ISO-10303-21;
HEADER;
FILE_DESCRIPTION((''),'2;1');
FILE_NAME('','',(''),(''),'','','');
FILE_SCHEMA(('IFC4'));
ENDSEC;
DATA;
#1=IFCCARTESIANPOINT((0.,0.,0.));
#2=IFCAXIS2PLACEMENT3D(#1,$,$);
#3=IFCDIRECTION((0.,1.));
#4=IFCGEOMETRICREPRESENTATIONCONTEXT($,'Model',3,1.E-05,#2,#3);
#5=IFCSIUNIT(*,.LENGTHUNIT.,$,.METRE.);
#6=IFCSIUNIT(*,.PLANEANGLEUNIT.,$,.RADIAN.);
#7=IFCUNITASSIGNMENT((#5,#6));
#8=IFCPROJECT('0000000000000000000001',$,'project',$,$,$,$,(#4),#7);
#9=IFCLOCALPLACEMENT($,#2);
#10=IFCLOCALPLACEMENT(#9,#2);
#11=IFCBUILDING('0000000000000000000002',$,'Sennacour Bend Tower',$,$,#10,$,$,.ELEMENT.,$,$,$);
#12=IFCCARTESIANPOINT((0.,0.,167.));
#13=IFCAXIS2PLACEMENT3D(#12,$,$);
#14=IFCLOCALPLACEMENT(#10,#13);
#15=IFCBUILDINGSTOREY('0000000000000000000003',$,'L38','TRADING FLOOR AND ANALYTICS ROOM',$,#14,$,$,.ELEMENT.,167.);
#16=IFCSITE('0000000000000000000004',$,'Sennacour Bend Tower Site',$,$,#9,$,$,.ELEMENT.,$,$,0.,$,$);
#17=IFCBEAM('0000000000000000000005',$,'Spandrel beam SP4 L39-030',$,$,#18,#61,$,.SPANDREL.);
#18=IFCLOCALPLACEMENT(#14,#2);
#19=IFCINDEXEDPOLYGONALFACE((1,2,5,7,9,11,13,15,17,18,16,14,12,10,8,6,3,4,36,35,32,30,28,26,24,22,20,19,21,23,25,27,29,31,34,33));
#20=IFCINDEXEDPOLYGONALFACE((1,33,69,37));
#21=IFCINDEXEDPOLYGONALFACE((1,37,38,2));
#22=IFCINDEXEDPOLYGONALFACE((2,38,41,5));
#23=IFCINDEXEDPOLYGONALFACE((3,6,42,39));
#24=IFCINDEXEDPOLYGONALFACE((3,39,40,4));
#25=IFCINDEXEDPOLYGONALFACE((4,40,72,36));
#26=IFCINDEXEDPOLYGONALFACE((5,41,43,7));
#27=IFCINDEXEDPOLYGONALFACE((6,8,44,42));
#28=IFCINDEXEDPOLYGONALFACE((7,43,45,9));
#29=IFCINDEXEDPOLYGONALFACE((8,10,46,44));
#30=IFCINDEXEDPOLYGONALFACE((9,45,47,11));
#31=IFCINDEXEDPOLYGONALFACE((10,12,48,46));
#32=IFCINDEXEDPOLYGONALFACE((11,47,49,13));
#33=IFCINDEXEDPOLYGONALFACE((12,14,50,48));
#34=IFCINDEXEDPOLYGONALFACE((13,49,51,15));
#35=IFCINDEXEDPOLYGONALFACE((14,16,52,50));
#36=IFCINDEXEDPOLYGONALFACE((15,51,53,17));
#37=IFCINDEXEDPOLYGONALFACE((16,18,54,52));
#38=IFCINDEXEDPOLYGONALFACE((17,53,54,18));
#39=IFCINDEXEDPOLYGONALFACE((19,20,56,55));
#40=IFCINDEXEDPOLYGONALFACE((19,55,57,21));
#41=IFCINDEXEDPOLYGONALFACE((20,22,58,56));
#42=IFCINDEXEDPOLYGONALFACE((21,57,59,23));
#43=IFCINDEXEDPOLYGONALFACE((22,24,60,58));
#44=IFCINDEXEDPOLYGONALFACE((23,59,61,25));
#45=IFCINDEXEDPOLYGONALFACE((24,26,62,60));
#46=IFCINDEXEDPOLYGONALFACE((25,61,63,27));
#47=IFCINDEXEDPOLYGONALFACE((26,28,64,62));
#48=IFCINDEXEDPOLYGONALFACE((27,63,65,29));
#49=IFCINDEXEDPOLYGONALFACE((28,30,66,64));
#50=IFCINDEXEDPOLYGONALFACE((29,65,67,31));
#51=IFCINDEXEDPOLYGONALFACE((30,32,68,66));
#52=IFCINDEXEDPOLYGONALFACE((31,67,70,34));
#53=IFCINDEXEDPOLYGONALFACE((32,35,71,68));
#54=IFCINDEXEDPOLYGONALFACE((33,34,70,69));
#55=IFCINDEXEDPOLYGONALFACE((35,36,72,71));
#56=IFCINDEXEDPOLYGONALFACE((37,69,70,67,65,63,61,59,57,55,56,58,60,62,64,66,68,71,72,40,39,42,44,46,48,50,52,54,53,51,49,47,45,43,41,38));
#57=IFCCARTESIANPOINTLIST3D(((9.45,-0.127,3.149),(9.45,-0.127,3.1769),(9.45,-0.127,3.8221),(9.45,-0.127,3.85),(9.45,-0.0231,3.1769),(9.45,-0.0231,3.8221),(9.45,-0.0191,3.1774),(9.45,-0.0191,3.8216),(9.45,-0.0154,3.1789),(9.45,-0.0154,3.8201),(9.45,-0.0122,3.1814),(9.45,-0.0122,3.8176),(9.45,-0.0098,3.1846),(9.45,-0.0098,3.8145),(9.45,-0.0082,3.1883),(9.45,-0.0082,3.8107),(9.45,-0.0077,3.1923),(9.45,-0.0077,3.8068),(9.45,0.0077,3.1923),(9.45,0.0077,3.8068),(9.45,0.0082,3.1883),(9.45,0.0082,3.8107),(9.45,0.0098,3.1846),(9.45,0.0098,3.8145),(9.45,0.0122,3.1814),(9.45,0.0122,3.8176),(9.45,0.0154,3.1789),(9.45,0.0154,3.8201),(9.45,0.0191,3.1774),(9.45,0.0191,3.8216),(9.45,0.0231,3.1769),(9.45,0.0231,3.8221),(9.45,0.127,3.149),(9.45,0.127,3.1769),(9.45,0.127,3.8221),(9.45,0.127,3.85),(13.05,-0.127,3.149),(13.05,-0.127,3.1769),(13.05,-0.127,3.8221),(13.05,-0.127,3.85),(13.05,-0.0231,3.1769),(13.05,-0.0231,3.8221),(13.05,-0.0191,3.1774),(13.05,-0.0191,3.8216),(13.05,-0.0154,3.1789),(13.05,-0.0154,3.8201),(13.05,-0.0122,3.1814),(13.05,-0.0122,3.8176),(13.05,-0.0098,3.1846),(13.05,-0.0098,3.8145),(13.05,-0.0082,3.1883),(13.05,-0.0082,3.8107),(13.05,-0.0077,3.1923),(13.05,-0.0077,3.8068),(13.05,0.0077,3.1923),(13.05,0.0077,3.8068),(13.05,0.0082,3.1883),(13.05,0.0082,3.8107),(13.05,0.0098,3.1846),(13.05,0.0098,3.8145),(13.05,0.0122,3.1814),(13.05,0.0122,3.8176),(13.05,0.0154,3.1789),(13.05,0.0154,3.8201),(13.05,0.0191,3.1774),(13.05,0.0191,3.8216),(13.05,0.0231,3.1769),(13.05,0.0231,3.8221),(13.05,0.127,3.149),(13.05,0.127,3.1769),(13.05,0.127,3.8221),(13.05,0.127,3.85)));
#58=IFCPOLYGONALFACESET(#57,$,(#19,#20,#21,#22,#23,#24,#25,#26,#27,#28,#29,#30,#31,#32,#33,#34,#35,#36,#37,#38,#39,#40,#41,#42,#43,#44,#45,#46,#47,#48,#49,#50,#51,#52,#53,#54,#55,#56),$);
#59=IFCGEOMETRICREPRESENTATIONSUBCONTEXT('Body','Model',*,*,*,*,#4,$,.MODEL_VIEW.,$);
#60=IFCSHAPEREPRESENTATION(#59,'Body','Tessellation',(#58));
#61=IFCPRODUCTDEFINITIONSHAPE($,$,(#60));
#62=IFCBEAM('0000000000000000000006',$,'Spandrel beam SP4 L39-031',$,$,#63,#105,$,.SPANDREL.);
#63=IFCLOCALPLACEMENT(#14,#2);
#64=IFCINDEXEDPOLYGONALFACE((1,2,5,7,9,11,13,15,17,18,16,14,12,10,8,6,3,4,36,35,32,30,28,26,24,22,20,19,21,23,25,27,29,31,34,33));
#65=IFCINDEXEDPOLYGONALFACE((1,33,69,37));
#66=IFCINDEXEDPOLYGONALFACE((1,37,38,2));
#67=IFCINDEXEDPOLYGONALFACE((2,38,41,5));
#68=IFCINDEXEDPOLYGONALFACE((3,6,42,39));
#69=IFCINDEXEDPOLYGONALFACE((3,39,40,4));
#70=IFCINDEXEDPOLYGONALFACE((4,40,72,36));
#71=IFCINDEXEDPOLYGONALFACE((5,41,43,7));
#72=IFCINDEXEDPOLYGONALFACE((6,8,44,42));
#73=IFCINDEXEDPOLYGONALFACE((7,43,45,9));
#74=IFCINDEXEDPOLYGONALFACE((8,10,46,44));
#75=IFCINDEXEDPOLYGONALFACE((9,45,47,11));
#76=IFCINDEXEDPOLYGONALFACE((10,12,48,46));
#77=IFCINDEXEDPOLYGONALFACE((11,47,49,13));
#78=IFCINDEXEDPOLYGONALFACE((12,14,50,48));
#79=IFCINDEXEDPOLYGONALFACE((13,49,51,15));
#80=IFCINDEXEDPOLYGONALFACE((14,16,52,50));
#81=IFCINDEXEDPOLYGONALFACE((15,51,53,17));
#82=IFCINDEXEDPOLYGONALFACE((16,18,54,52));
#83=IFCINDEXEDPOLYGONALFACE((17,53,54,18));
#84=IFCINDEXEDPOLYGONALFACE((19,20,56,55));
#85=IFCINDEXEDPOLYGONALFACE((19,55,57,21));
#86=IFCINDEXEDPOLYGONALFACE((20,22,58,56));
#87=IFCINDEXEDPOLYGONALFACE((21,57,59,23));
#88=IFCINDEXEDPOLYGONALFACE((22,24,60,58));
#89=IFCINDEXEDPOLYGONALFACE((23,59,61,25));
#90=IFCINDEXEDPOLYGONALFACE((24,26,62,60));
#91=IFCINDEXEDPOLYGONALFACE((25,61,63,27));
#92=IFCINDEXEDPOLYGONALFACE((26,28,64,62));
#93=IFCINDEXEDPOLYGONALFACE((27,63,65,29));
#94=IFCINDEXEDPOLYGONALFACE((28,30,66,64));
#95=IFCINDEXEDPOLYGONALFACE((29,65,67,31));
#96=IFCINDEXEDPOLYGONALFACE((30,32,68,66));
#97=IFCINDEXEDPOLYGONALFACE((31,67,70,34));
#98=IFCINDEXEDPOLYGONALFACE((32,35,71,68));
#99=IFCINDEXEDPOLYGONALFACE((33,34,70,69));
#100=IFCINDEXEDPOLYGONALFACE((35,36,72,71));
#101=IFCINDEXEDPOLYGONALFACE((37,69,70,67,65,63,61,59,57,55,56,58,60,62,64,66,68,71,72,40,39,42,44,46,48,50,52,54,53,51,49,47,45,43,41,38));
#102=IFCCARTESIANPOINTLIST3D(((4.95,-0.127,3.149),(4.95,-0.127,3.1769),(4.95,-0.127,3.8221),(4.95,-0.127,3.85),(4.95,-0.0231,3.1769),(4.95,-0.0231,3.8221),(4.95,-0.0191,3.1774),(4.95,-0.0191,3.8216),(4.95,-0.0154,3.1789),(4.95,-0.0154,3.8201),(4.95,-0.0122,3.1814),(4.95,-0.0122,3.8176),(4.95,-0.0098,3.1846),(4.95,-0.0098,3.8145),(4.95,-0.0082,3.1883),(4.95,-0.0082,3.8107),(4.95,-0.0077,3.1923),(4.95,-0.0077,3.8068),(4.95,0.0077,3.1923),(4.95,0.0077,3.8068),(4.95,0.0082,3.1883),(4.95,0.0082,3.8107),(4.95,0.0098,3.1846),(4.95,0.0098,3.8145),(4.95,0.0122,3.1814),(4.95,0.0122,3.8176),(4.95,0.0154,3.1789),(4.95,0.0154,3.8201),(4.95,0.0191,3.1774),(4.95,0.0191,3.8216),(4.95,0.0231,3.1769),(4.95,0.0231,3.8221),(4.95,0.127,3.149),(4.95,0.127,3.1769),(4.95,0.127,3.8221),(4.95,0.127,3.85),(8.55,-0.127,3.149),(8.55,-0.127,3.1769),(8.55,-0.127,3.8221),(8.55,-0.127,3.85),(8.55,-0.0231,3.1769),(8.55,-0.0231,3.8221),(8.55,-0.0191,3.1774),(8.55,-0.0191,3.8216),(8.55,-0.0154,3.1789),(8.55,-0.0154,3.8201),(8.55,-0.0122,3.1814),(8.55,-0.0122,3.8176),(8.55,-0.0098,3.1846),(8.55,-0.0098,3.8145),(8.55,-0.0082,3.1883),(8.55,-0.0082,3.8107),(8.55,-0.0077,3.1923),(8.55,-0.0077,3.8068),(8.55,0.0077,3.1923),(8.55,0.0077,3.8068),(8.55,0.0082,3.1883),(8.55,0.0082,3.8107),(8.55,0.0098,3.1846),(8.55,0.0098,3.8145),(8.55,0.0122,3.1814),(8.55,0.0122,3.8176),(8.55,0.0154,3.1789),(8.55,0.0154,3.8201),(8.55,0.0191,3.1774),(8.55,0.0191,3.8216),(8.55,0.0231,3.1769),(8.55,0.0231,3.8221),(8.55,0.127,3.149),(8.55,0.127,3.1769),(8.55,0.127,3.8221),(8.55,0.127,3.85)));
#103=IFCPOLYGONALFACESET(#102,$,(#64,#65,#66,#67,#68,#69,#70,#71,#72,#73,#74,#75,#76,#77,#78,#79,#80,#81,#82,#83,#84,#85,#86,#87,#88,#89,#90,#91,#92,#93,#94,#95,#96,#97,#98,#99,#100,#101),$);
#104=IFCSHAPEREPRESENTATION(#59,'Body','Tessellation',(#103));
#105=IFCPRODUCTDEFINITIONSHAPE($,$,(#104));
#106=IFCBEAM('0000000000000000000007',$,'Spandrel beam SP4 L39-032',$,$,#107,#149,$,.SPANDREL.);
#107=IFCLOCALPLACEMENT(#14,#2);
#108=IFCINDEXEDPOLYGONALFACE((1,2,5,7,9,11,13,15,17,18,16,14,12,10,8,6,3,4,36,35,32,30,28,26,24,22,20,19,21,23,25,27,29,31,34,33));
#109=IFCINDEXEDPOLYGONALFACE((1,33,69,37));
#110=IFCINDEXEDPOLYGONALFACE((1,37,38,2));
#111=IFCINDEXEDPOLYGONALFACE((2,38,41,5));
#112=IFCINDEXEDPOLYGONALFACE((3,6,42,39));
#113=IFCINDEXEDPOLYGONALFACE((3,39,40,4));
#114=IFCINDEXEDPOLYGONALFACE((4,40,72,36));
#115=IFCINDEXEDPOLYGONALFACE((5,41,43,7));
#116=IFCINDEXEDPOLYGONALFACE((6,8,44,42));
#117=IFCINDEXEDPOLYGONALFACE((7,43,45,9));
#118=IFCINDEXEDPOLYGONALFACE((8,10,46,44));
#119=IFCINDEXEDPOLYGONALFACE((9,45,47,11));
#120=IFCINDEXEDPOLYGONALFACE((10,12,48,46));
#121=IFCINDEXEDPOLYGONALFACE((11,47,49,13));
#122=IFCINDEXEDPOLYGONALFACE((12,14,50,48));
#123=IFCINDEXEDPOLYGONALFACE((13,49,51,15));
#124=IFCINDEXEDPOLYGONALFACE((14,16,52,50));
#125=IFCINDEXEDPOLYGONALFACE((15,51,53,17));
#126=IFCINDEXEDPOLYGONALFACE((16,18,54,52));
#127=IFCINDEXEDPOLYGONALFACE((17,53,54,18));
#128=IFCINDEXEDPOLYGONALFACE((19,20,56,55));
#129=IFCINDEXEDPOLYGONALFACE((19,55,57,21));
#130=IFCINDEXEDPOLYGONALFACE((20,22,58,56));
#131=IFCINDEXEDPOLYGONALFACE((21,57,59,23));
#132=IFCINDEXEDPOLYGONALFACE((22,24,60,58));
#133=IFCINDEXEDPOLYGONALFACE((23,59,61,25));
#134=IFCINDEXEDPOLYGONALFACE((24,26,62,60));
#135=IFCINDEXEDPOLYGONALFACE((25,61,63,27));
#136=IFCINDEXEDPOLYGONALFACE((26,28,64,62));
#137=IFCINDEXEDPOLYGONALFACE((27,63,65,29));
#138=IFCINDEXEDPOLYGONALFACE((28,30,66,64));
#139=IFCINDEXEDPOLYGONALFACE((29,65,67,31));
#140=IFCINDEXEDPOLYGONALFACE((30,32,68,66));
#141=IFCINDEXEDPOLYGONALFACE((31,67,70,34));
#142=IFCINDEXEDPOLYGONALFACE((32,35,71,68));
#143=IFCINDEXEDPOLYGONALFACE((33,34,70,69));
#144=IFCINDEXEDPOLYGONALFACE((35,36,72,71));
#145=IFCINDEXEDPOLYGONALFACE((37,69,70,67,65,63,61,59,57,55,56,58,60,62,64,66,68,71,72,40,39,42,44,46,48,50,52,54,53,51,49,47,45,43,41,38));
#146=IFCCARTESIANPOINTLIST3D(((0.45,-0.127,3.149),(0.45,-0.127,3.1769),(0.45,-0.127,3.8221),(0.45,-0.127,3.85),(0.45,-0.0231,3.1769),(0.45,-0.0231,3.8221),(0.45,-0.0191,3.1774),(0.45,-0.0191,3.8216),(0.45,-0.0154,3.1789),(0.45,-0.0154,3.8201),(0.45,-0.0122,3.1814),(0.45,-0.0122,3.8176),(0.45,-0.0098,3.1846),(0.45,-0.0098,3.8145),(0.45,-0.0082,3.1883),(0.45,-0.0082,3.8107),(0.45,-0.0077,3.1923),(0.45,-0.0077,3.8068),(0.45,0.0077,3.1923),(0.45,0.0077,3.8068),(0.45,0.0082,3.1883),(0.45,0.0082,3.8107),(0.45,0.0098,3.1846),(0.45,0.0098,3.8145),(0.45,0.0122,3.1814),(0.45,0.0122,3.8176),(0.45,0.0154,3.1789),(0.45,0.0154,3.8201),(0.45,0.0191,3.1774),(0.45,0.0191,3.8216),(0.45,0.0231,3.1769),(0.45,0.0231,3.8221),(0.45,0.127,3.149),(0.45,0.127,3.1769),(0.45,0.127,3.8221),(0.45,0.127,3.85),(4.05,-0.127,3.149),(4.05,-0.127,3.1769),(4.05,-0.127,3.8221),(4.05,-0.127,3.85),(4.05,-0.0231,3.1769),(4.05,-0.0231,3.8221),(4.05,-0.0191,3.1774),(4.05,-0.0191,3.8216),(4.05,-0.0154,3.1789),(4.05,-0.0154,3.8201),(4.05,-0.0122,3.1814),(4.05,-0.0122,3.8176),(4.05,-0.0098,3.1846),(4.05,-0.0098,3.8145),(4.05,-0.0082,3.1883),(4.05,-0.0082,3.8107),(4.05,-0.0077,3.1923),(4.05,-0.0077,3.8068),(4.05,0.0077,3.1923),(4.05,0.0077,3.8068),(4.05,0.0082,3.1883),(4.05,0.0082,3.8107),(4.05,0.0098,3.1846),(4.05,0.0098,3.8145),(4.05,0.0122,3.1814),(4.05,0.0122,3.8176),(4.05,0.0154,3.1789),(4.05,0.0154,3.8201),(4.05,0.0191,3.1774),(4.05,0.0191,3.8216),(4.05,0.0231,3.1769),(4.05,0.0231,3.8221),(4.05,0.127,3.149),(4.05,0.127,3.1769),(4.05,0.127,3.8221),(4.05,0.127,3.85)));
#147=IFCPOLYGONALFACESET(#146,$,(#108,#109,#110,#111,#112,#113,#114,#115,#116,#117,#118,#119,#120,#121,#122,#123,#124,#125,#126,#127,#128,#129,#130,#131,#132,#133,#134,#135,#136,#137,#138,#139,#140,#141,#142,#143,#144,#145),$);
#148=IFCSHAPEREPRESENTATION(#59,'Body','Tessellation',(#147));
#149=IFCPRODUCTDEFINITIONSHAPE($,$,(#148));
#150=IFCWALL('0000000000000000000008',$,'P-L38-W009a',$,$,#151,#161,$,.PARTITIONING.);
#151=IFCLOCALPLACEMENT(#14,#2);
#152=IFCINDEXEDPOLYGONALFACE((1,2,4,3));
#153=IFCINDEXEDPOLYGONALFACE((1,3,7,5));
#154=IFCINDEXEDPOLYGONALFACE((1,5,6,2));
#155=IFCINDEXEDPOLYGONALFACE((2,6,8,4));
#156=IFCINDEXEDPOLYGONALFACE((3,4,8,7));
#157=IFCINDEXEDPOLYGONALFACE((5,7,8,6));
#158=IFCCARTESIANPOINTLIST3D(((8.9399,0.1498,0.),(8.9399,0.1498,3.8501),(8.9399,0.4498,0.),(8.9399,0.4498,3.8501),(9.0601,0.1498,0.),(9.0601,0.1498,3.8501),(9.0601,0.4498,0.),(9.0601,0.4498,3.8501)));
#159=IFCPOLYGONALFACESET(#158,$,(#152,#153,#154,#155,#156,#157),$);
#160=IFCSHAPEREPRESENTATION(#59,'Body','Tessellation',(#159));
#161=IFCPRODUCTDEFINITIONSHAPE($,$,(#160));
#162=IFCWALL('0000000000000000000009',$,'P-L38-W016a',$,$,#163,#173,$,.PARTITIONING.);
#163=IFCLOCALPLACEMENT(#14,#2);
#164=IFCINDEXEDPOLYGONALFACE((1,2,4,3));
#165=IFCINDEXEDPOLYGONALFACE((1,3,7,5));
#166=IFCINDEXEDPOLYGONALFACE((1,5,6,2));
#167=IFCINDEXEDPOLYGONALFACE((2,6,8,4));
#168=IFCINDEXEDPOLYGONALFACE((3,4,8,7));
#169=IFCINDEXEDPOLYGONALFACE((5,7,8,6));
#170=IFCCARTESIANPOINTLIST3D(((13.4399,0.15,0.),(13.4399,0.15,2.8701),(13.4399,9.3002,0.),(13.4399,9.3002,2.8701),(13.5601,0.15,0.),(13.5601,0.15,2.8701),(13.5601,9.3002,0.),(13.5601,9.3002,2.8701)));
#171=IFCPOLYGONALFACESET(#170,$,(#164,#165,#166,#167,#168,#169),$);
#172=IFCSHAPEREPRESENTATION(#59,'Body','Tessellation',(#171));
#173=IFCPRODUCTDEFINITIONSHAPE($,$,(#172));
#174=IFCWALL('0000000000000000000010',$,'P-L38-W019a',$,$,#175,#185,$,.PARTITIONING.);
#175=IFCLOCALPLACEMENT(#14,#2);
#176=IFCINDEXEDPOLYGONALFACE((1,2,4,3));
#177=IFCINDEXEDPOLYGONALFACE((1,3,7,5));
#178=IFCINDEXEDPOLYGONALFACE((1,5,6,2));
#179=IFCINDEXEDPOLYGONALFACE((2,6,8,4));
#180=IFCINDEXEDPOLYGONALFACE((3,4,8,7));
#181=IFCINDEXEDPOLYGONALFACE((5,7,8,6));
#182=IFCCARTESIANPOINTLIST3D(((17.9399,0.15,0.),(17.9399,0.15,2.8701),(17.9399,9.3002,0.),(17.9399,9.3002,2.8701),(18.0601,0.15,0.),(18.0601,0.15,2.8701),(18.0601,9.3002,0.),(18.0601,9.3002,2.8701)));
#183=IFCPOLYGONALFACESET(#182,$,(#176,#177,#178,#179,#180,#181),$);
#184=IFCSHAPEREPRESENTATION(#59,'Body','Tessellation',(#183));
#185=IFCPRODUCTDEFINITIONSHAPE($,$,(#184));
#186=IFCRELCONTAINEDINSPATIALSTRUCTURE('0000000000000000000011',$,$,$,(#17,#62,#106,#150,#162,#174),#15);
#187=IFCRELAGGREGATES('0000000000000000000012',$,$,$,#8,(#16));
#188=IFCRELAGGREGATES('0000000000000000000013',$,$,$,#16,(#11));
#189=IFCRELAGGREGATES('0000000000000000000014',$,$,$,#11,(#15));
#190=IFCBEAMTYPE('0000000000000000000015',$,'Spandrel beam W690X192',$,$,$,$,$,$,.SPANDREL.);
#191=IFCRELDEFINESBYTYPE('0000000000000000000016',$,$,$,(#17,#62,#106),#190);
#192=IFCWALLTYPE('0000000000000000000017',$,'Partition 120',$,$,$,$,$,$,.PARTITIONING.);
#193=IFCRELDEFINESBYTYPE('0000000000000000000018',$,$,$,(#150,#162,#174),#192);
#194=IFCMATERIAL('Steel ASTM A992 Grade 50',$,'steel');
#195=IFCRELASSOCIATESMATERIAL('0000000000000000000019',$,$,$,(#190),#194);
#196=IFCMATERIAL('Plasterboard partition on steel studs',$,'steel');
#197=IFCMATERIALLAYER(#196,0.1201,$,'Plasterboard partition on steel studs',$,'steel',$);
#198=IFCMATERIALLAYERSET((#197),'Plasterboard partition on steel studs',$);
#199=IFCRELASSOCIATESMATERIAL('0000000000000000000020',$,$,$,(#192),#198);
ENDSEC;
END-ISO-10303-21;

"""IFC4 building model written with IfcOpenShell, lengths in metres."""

from ifc_helpers import new_model, si_unit, direction, frame, frame_2d, origin, origin_2d, place, context, subcontext, project, spatial, rectangle, i_section, extrude, material, layer, layer_set, material_profile, profile_set, type_object, element, save


model = new_model("IFC4")

# Units and contexts
model_context = context("Model", 3, precision=1e-05, world=origin(), true_north=direction((0.0, 1.0)))
body_context = subcontext(model_context, "Body", "Model", "MODEL_VIEW")
ifc_project = project(units=[si_unit("LENGTHUNIT", "METRE"), si_unit("PLANEANGLEUNIT", "RADIAN")], contexts=[model_context])

# Site, building, storey
site_placement = place(None, origin())
site = spatial("IfcSite", under=ifc_project, at=site_placement, Name="Sennacour Bend Tower Site", CompositionType="ELEMENT", RefElevation=0.0)
building_placement = place(site_placement, origin())
building = spatial("IfcBuilding", under=site, at=building_placement, Name="Sennacour Bend Tower", CompositionType="ELEMENT")
storey_placement = place(building_placement, frame((0.0, 0.0, 167.0)))
storey = spatial("IfcBuildingStorey", under=building, at=storey_placement, Name="L38", Description="TRADING FLOOR AND ANALYTICS ROOM", CompositionType="ELEMENT", Elevation=167.0)

# Beams
ifc_material_1 = material(Name="Steel ASTM A992 Grade 50", Category="steel")
ifc_material_profile_1 = material_profile(ifc_material_1, i_section(OverallWidth=0.2539, OverallDepth=0.7009, WebThickness=0.0154, FlangeThickness=0.0278, FilletRadius=0.0154, at=origin_2d()), Name="Steel ASTM A992 Grade 50", Category="steel")
ifc_profile_set_1 = profile_set([ifc_material_profile_1], Name="Steel ASTM A992 Grade 50")
beam_type_1 = type_object("IfcBeamType", Name="Spandrel beam W690X192", PredefinedType="SPANDREL", material=ifc_profile_set_1)
for number, where, z_axis, x_axis, name in (
    (1, (13.05, 0.0, 3.4995), (-1.0, 0.0, 0.0), (0.0, -1.0, 0.0), "Spandrel beam SP4 L39-030"),
    (2, (8.55, 0.0, 3.4995), (-1.0, 0.0, 0.0), (0.0, -1.0, 0.0), "Spandrel beam SP4 L39-031"),
    (3, (4.05, 0.0, 3.4995), (-1.0, 0.0, 0.0), (0.0, -1.0, 0.0), "Spandrel beam SP4 L39-032"),
):
    element("IfcBeam", number, at=place(storey_placement, frame(where, z_axis=z_axis, x_axis=x_axis)), inside=storey, type_object=beam_type_1, Name=name, PredefinedType="SPANDREL", context=body_context, shape_type="SweptSolid", body=[
        extrude(i_section(OverallWidth=0.2539, OverallDepth=0.7009, WebThickness=0.0154, FlangeThickness=0.0278, FilletRadius=0.0154, at=origin_2d()), origin(), (0.0, 0.0, 1.0), 3.6001),
    ])

# Walls
ifc_material_2 = material(Name="Plasterboard partition on steel studs", Category="steel")
ifc_layer_1 = layer(ifc_material_2, 0.1201, Name="Plasterboard partition on steel studs", Category="steel")
ifc_layer_set_1 = layer_set([ifc_layer_1], Name="Plasterboard partition on steel studs")
wall_type_1 = type_object("IfcWallType", Name="Partition 120", PredefinedType="PARTITIONING", material=ifc_layer_set_1)
wall_1_placement = place(storey_placement, frame((9.0, 0.1499, 0.0), z_axis=(0.0, 0.0, 1.0), x_axis=(0.0, 1.0, 0.0)))
element("IfcWall", 4, at=wall_1_placement, inside=storey, type_object=wall_type_1, Name="P-L38-W009a", PredefinedType="PARTITIONING", context=body_context, shape_type="SweptSolid", body=[
    extrude(rectangle(XDim=0.3, YDim=0.1201, at=frame_2d((0.1499, 0.0))), origin(), (0.0, 0.0, 1.0), 3.8501),
])
for number, where, z_axis, x_axis, name in (
    (5, (13.5, 0.1499, 0.0), (0.0, 0.0, 1.0), (0.0, 1.0, 0.0), "P-L38-W016a"),
    (6, (18.0, 0.1499, 0.0), (0.0, 0.0, 1.0), (0.0, 1.0, 0.0), "P-L38-W019a"),
):
    element("IfcWall", number, at=place(storey_placement, frame(where, z_axis=z_axis, x_axis=x_axis)), inside=storey, type_object=wall_type_1, Name=name, PredefinedType="PARTITIONING", context=body_context, shape_type="SweptSolid", body=[
        extrude(rectangle(XDim=9.1501, YDim=0.1201, at=frame_2d((4.5752, 0.0))), origin(), (0.0, 0.0, 1.0), 2.8701),
    ])

save(model, "model.ifc")
